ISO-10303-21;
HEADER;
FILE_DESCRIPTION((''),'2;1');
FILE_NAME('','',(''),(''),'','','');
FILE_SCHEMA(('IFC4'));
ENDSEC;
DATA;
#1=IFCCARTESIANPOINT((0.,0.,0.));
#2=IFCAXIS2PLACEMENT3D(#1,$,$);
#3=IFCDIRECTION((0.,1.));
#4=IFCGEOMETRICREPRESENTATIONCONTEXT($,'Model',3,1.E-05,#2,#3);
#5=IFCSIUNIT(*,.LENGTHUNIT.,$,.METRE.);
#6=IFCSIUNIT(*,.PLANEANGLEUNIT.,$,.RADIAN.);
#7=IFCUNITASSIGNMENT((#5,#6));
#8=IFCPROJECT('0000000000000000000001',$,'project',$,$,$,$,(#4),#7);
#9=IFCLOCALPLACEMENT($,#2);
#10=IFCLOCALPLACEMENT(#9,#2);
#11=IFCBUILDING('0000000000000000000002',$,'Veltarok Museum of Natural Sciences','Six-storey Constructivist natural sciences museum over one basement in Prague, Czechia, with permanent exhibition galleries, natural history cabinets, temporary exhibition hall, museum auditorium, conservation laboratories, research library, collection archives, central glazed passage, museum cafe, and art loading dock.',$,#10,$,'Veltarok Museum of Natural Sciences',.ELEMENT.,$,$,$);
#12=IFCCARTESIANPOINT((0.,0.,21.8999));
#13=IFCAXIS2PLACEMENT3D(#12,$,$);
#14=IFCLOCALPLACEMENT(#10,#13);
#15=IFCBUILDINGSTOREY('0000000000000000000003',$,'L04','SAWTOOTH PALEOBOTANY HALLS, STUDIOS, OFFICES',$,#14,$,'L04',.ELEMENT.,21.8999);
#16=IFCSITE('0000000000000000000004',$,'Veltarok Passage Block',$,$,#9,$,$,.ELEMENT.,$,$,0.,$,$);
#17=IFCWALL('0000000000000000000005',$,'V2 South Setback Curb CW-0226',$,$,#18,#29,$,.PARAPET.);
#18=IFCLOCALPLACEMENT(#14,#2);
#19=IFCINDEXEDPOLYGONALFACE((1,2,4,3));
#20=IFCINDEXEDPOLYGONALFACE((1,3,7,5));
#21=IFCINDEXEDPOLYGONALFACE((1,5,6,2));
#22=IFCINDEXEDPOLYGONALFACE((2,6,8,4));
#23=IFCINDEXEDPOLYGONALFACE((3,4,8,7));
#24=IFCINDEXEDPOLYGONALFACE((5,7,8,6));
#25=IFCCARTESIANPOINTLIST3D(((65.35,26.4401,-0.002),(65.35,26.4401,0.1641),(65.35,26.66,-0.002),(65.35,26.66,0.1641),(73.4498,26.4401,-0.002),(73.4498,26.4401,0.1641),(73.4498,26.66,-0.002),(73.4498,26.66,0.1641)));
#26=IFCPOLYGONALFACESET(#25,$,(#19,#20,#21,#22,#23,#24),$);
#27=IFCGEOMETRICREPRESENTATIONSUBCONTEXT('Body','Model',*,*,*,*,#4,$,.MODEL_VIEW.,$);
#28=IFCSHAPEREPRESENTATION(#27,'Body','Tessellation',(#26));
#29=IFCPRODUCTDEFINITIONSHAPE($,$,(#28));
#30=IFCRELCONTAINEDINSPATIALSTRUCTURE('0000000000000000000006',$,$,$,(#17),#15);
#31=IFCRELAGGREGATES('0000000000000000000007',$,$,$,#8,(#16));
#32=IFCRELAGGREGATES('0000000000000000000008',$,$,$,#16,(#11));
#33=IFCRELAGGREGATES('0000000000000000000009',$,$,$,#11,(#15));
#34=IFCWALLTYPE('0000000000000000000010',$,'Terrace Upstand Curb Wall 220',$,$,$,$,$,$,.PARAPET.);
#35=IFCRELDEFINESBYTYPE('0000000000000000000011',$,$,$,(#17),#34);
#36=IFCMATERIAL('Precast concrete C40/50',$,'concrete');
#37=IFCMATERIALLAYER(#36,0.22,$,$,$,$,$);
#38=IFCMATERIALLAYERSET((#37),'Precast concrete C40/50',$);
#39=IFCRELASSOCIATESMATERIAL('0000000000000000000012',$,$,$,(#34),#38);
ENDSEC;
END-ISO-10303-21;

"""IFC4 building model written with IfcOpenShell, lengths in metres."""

from ifc_helpers import new_model, si_unit, direction, frame, frame_2d, origin, place, context, subcontext, project, spatial, rectangle, extrude, material, layer, layer_set, type_object, element, save


model = new_model("IFC4")

# Units and contexts
model_context = context("Model", 3, precision=1e-05, world=origin(), true_north=direction((0.0, 1.0)))
body_context = subcontext(model_context, "Body", "Model", "MODEL_VIEW")
ifc_project = project(units=[si_unit("LENGTHUNIT", "METRE"), si_unit("PLANEANGLEUNIT", "RADIAN")], contexts=[model_context])

# Site, building, storey
site_placement = place(None, origin())
site = spatial("IfcSite", under=ifc_project, at=site_placement, Name="Veltarok Passage Block", CompositionType="ELEMENT", RefElevation=0.0)
building_placement = place(site_placement, origin())
building = spatial("IfcBuilding", under=site, at=building_placement, Name="Veltarok Museum of Natural Sciences", Description="Six-storey Constructivist natural sciences museum over one basement in Prague, Czechia, with permanent exhibition galleries, natural history cabinets, temporary exhibition hall, museum auditorium, conservation laboratories, research library, collection archives, central glazed passage, museum cafe, and art loading dock.", LongName="Veltarok Museum of Natural Sciences", CompositionType="ELEMENT")
storey_placement = place(building_placement, frame((0.0, 0.0, 21.8999)))
storey = spatial("IfcBuildingStorey", under=building, at=storey_placement, Name="L04", Description="SAWTOOTH PALEOBOTANY HALLS, STUDIOS, OFFICES", LongName="L04", CompositionType="ELEMENT", Elevation=21.8999)

# Wall
ifc_material_1 = material(Name="Precast concrete C40/50", Category="concrete")
ifc_layer_1 = layer(ifc_material_1, 0.22)
ifc_layer_set_1 = layer_set([ifc_layer_1], Name="Precast concrete C40/50")
wall_type = type_object("IfcWallType", Name="Terrace Upstand Curb Wall 220", PredefinedType="PARAPET", material=ifc_layer_set_1)
wall_placement = place(storey_placement, frame((65.3501, 26.55, -0.002), z_axis=(0.0, 0.0, 1.0), x_axis=(1.0, 0.0, 0.0)))
element("IfcWall", 1, at=wall_placement, inside=storey, type_object=wall_type, Name="V2 South Setback Curb CW-0226", PredefinedType="PARAPET", context=body_context, shape_type="SweptSolid", body=[
    extrude(rectangle(XDim=8.0999, YDim=0.22, at=frame_2d((4.0498, 0.0))), origin(), (0.0, 0.0, 1.0), 0.166),
])

save(model, "model.ifc")
